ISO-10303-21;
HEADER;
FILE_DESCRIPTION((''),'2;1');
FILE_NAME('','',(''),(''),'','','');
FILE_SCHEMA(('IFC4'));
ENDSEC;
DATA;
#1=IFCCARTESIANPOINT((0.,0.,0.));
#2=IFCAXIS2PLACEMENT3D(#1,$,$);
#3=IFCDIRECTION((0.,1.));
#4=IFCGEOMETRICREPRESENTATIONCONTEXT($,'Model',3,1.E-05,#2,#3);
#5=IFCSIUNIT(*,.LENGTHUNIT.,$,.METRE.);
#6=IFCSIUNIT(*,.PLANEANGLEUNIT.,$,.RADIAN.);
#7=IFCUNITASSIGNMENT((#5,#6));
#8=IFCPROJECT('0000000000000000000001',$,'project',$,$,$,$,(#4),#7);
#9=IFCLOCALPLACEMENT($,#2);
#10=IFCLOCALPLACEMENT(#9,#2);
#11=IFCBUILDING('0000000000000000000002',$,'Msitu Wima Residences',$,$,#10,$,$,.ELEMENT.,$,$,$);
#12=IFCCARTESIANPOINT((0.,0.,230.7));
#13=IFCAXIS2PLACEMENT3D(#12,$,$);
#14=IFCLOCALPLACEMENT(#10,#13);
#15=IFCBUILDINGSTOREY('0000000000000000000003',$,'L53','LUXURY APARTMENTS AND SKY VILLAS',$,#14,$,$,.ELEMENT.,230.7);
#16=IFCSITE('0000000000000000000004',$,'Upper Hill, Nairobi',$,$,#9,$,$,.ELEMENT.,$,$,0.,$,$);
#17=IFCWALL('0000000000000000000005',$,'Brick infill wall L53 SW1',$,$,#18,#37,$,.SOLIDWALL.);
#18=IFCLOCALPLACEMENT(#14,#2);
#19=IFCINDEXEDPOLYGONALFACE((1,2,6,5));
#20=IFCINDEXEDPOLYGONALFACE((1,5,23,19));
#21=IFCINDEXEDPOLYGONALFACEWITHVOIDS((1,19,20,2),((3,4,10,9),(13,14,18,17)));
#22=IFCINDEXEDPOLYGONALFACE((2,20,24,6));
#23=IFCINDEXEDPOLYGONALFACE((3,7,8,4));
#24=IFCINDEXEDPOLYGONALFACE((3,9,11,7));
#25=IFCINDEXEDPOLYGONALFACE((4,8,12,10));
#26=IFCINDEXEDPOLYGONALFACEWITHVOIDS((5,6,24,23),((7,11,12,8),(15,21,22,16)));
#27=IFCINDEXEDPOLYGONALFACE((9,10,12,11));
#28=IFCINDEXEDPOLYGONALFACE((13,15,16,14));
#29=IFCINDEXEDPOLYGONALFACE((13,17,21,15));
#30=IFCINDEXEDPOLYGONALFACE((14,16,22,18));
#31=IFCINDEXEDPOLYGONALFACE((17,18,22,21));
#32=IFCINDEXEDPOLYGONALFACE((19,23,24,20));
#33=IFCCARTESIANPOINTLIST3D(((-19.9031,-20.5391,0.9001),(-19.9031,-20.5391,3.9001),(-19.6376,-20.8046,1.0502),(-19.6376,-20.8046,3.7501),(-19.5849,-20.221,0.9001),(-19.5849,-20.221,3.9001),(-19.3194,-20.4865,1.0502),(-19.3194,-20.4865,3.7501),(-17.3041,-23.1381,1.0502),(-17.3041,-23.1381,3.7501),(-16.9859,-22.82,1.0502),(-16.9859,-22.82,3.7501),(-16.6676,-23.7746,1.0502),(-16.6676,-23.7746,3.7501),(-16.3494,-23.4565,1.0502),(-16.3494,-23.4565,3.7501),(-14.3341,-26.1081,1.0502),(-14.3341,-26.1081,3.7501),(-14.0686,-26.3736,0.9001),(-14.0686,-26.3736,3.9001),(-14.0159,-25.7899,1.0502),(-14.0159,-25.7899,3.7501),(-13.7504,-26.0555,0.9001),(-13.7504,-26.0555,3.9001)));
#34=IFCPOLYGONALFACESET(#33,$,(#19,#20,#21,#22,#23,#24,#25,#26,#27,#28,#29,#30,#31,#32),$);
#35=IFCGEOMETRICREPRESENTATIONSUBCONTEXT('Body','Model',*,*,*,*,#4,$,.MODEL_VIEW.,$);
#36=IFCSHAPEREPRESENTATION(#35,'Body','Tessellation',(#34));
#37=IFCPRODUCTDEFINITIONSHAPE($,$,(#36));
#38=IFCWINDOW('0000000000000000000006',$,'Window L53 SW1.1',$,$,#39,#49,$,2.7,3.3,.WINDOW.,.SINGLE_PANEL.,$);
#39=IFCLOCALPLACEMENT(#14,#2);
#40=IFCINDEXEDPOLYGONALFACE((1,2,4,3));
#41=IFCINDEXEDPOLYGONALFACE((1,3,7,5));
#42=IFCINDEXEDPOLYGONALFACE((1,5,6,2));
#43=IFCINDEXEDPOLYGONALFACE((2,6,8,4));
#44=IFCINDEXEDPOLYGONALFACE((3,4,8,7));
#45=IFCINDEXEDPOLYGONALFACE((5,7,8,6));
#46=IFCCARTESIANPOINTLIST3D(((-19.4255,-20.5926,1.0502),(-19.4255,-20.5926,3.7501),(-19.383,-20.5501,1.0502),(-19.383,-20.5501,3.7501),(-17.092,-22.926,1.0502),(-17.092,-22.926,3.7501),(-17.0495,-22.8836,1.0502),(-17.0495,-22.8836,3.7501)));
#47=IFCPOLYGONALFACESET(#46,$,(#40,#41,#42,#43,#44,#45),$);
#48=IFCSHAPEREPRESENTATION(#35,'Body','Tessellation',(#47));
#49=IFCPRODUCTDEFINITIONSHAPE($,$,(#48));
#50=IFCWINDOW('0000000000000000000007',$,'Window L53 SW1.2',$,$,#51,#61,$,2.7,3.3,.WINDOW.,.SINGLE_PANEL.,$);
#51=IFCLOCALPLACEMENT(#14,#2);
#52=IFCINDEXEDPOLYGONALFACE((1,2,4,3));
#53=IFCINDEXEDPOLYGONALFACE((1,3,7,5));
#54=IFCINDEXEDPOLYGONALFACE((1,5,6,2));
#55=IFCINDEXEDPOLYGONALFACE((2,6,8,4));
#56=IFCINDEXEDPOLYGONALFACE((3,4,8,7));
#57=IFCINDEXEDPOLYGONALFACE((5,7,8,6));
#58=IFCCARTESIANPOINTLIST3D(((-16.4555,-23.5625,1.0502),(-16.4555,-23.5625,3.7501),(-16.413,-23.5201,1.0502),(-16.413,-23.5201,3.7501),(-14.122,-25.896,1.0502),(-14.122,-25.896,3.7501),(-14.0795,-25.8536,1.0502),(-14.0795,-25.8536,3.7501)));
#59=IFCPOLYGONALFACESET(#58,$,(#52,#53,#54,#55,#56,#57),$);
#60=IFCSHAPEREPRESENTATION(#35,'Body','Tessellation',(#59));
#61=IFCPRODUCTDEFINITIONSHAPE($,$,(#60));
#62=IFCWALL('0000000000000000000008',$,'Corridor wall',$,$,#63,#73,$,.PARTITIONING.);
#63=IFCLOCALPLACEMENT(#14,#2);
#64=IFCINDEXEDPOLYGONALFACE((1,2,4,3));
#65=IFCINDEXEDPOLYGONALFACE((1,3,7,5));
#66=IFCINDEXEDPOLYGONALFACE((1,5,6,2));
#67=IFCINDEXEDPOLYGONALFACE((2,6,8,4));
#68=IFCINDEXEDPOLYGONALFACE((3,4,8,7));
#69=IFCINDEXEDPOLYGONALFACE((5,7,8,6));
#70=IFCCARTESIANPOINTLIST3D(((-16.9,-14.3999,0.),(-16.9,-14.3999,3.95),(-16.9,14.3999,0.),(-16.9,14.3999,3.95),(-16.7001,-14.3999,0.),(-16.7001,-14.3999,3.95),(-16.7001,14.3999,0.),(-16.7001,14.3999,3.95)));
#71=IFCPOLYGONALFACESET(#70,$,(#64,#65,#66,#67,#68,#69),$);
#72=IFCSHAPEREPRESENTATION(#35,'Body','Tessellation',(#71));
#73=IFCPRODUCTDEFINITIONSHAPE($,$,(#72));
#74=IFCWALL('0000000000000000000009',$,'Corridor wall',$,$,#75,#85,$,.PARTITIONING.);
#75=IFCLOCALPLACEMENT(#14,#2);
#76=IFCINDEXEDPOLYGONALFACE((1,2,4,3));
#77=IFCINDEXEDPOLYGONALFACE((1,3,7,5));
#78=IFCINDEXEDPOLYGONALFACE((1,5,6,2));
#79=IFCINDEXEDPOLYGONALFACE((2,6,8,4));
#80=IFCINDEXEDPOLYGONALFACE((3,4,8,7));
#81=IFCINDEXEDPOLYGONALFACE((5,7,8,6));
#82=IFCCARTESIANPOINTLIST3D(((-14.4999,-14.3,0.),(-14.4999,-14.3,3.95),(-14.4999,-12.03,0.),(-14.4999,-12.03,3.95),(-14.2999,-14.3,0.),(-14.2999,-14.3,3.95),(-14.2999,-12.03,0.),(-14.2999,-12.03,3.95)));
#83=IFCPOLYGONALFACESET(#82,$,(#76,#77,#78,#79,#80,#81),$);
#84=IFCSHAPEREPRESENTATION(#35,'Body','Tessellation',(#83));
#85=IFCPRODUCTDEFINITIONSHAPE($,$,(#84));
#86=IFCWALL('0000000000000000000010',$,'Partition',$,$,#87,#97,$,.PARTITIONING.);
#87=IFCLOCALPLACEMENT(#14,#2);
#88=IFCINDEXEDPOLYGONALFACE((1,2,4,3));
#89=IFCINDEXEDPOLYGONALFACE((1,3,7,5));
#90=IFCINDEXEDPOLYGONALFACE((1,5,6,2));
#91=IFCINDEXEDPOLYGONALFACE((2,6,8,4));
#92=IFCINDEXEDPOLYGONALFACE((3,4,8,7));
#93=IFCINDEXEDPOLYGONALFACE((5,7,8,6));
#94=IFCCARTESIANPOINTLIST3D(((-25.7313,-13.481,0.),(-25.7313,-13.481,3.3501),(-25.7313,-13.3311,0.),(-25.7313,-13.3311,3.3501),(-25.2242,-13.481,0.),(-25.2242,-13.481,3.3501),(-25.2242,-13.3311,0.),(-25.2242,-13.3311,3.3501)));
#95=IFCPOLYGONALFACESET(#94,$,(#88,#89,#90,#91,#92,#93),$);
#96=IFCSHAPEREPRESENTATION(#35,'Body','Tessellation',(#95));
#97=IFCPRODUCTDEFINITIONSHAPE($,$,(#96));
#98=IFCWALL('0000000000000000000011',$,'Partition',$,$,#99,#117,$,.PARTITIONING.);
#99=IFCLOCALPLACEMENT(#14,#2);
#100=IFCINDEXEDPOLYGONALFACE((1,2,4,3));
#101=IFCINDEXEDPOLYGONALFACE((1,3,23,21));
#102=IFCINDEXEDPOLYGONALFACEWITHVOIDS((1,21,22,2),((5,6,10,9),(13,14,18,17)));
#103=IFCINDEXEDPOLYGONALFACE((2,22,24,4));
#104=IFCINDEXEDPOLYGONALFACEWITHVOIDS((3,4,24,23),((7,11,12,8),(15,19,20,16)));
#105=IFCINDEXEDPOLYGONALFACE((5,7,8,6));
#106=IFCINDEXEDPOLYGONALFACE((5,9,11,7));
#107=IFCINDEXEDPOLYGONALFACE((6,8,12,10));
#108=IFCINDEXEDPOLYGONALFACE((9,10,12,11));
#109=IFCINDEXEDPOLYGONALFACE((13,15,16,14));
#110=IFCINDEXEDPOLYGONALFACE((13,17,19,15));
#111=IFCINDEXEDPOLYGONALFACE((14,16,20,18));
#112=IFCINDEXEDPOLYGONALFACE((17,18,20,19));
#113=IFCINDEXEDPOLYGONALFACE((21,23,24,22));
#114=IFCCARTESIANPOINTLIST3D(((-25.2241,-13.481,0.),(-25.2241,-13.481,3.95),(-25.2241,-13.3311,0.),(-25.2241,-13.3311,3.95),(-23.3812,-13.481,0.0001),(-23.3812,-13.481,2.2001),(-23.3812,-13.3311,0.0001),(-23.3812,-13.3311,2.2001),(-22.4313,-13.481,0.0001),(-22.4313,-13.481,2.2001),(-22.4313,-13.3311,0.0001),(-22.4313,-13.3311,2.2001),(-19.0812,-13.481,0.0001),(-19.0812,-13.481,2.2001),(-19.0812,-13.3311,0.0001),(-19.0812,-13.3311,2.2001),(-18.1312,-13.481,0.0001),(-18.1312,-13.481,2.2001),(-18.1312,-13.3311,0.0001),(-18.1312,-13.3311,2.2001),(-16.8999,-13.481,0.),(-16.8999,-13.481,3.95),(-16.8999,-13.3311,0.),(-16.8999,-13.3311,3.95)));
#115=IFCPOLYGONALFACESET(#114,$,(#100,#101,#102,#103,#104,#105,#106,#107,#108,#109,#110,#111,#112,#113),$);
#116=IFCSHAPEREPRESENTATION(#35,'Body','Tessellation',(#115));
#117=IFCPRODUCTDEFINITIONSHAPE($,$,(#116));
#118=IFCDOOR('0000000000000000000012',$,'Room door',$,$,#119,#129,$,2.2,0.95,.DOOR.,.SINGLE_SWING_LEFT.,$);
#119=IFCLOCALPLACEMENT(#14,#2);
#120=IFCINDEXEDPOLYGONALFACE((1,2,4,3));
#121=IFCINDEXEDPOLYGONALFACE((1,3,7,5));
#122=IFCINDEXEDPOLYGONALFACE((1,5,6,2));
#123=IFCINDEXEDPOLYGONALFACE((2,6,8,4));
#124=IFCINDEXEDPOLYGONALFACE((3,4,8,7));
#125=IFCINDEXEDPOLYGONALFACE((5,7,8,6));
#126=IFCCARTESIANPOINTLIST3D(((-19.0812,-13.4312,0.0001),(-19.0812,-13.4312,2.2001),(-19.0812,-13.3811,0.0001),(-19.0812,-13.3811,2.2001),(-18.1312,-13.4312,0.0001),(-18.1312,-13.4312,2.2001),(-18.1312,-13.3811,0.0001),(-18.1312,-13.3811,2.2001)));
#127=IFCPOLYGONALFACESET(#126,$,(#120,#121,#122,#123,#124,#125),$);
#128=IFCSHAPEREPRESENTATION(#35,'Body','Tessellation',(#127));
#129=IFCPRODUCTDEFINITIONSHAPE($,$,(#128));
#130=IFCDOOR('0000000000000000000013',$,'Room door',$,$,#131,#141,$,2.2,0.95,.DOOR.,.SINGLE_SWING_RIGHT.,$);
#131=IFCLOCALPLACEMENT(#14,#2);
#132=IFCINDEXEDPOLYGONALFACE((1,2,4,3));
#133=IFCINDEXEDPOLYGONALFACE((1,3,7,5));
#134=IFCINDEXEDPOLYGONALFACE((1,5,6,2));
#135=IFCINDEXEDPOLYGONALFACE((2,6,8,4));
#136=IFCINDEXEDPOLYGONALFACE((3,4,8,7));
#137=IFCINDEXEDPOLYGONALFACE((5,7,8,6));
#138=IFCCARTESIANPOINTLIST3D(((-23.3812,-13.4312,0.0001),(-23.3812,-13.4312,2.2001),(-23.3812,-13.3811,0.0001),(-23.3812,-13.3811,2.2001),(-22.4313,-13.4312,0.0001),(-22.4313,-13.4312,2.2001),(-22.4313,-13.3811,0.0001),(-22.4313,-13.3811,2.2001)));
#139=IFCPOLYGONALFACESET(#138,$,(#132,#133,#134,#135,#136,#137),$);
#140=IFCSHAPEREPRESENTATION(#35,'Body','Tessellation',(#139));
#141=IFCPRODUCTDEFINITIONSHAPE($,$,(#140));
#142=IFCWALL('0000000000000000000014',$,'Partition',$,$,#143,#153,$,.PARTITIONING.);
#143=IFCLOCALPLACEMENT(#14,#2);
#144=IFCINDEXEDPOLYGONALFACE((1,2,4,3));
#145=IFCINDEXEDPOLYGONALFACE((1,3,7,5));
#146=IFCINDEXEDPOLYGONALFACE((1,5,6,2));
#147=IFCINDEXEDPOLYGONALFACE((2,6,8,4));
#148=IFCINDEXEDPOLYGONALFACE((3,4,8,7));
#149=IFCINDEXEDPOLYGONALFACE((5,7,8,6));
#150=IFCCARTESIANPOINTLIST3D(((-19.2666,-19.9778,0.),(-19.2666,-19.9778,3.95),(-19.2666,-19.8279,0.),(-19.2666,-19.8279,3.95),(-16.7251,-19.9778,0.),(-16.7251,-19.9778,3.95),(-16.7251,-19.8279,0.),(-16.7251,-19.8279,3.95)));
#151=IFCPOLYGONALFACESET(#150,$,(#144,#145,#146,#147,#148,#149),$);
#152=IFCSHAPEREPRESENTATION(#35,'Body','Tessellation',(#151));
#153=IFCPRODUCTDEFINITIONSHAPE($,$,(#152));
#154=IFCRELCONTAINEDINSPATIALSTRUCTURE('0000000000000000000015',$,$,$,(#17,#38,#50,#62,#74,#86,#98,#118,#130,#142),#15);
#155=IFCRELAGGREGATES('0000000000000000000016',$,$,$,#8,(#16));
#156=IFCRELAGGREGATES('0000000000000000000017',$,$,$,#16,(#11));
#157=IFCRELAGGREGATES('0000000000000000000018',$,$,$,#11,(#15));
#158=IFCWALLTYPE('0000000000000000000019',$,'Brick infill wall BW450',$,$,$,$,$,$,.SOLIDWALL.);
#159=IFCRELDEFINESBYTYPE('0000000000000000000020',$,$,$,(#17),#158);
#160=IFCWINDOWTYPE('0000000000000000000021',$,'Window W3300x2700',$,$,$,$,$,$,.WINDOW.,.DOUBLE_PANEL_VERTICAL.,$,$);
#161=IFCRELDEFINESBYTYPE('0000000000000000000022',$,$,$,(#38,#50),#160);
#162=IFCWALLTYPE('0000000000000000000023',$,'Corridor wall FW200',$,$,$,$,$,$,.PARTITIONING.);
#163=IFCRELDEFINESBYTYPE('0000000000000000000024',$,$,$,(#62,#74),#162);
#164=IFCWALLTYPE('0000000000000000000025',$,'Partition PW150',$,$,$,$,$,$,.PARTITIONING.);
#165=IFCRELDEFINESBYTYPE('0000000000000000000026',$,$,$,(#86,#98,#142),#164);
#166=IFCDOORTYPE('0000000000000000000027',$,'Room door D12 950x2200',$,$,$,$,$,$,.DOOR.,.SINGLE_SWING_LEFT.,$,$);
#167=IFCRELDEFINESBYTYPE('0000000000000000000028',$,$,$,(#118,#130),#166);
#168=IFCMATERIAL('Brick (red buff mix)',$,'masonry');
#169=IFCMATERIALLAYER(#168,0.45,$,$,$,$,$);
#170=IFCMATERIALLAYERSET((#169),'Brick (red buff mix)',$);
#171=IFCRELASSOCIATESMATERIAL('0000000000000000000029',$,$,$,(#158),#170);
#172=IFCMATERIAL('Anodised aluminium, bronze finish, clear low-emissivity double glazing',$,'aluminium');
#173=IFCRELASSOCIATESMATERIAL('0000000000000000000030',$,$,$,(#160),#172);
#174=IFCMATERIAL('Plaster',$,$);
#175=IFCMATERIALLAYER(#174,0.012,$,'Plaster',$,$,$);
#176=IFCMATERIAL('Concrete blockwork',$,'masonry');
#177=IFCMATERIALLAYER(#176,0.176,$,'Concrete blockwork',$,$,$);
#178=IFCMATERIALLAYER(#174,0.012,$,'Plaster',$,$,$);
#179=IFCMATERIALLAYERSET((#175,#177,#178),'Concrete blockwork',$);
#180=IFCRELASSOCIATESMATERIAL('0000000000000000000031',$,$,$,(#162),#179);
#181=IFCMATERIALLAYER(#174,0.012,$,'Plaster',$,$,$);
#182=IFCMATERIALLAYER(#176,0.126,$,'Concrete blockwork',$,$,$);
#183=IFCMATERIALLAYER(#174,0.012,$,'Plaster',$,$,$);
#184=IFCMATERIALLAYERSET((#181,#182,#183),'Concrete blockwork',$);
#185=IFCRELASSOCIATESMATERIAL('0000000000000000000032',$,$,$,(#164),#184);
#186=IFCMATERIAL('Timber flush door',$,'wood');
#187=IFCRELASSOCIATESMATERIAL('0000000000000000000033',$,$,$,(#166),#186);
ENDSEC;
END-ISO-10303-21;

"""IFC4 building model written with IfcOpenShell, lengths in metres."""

from ifc_helpers import new_model, si_unit, direction, frame, frame_2d, origin, place, context, subcontext, project, spatial, rectangle, extrude, material, layer, layer_set, type_object, element, fill, save


model = new_model("IFC4")

# Units and contexts
model_context = context("Model", 3, precision=1e-05, world=origin(), true_north=direction((0.0, 1.0)))
body_context = subcontext(model_context, "Body", "Model", "MODEL_VIEW")
ifc_project = project(units=[si_unit("LENGTHUNIT", "METRE"), si_unit("PLANEANGLEUNIT", "RADIAN")], contexts=[model_context])

# Site, building, storey
site_placement = place(None, origin())
site = spatial("IfcSite", under=ifc_project, at=site_placement, Name="Upper Hill, Nairobi", CompositionType="ELEMENT", RefElevation=0.0)
building_placement = place(site_placement, origin())
building = spatial("IfcBuilding", under=site, at=building_placement, Name="Msitu Wima Residences", CompositionType="ELEMENT")
storey_placement = place(building_placement, frame((0.0, 0.0, 230.7)))
storey = spatial("IfcBuildingStorey", under=building, at=storey_placement, Name="L53", Description="LUXURY APARTMENTS AND SKY VILLAS", CompositionType="ELEMENT", Elevation=230.7)

# Wall, openings, windows
ifc_material_1 = material(Name="Brick (red buff mix)", Category="masonry")
ifc_layer_1 = layer(ifc_material_1, 0.45)
ifc_layer_set_1 = layer_set([ifc_layer_1], Name="Brick (red buff mix)")
wall_type_1 = type_object("IfcWallType", Name="Brick infill wall BW450", PredefinedType="SOLIDWALL", material=ifc_layer_set_1)
ifc_material_2 = material(Name="Anodised aluminium, bronze finish, clear low-emissivity double glazing", Category="aluminium")
window_type = type_object("IfcWindowType", Name="Window W3300x2700", PartitioningType="DOUBLE_PANEL_VERTICAL", PredefinedType="WINDOW", material=ifc_material_2)
wall_1_placement = place(storey_placement, frame((-19.7439, -20.3801, 0.9001), z_axis=(0.0, 0.0, 1.0), x_axis=(0.707107, -0.707107, 0.0)))
wall_1 = element("IfcWall", 1, at=wall_1_placement, inside=storey, type_object=wall_type_1, Name="Brick infill wall L53 SW1", PredefinedType="SOLIDWALL", context=body_context, shape_type="SweptSolid", body=[
    extrude(rectangle(XDim=8.2512, YDim=0.45, at=frame_2d((4.1255, 0.0))), origin(), (0.0, 0.0, 1.0), 3.0),
])
opening_1_placement = place(wall_1_placement, frame((0.3755, 0.0, 0.1499)))
opening_1 = element("IfcOpeningElement", 2, at=opening_1_placement, cuts=wall_1, PredefinedType="OPENING", context=body_context, shape_type="SweptSolid", body=[
    extrude(rectangle(XDim=3.3, YDim=2.7, at=frame_2d((1.6499, 1.3501))), frame((0.0, 0.2349, 0.0), z_axis=(0.0, -1.0, 0.0), x_axis=(1.0, 0.0, 0.0)), (0.0, 0.0, 1.0), 0.47),
])
opening_2_placement = place(wall_1_placement, frame((4.5757, 0.0, 0.1499)))
opening_2 = element("IfcOpeningElement", 3, at=opening_2_placement, cuts=wall_1, PredefinedType="OPENING", context=body_context, shape_type="SweptSolid", body=[
    extrude(rectangle(XDim=3.3, YDim=2.7, at=frame_2d((1.6499, 1.3501))), frame((0.0, 0.2349, 0.0), z_axis=(0.0, -1.0, 0.0), x_axis=(1.0, 0.0, 0.0)), (0.0, 0.0, 1.0), 0.47),
])
window_1_placement = place(opening_1_placement, origin())
window_1 = element("IfcWindow", 4, at=window_1_placement, inside=storey, type_object=window_type, Name="Window L53 SW1.1", OverallHeight=2.7, OverallWidth=3.3, PartitioningType="SINGLE_PANEL", PredefinedType="WINDOW", context=body_context, shape_type="SweptSolid", body=[
    extrude(rectangle(XDim=3.3, YDim=2.7, at=frame_2d((1.6499, 1.3501))), frame((0.0, 0.135, 0.0), z_axis=(0.0, -1.0, 0.0), x_axis=(1.0, 0.0, 0.0)), (0.0, 0.0, 1.0), 0.0601),
])
fill(opening_1, window_1)
window_2_placement = place(opening_2_placement, origin())
window_2 = element("IfcWindow", 5, at=window_2_placement, inside=storey, type_object=window_type, Name="Window L53 SW1.2", OverallHeight=2.7, OverallWidth=3.3, PartitioningType="SINGLE_PANEL", PredefinedType="WINDOW", context=body_context, shape_type="SweptSolid", body=[
    extrude(rectangle(XDim=3.3, YDim=2.7, at=frame_2d((1.6499, 1.3501))), frame((0.0, 0.135, 0.0), z_axis=(0.0, -1.0, 0.0), x_axis=(1.0, 0.0, 0.0)), (0.0, 0.0, 1.0), 0.0601),
])
fill(opening_2, window_2)

# Wall
ifc_material_3 = material(Name="Plaster")
ifc_layer_2 = layer(ifc_material_3, 0.012, Name="Plaster")
ifc_material_4 = material(Name="Concrete blockwork", Category="masonry")
ifc_layer_3 = layer(ifc_material_4, 0.176, Name="Concrete blockwork")
ifc_layer_4 = layer(ifc_material_3, 0.012, Name="Plaster")
ifc_layer_set_2 = layer_set([ifc_layer_2, ifc_layer_3, ifc_layer_4], Name="Concrete blockwork")
wall_type_2 = type_object("IfcWallType", Name="Corridor wall FW200", PredefinedType="PARTITIONING", material=ifc_layer_set_2)
wall_2_placement = place(storey_placement, frame((-16.8, -14.3999, 0.0), z_axis=(0.0, 0.0, 1.0), x_axis=(0.0, 1.0, 0.0)))
element("IfcWall", 6, at=wall_2_placement, inside=storey, type_object=wall_type_2, Name="Corridor wall", PredefinedType="PARTITIONING", context=body_context, shape_type="SweptSolid", body=[
    extrude(rectangle(XDim=28.7998, YDim=0.2, at=frame_2d((14.3999, 0.0))), origin(), (0.0, 0.0, 1.0), 3.95),
])

# Walls
wall_3_placement = place(storey_placement, frame((-14.3999, -14.3, 0.0), z_axis=(0.0, 0.0, 1.0), x_axis=(0.0, 1.0, 0.0)))
element("IfcWall", 7, at=wall_3_placement, inside=storey, type_object=wall_type_2, Name="Corridor wall", PredefinedType="PARTITIONING", context=body_context, shape_type="SweptSolid", body=[
    extrude(rectangle(XDim=2.27, YDim=0.2, at=frame_2d((1.135, 0.0))), origin(), (0.0, 0.0, 1.0), 3.95),
])
ifc_layer_5 = layer(ifc_material_3, 0.012, Name="Plaster")
ifc_layer_6 = layer(ifc_material_4, 0.126, Name="Concrete blockwork")
ifc_layer_7 = layer(ifc_material_3, 0.012, Name="Plaster")
ifc_layer_set_3 = layer_set([ifc_layer_5, ifc_layer_6, ifc_layer_7], Name="Concrete blockwork")
wall_type_3 = type_object("IfcWallType", Name="Partition PW150", PredefinedType="PARTITIONING", material=ifc_layer_set_3)
wall_4_placement = place(storey_placement, frame((-25.7312, -13.406, 0.0), z_axis=(0.0, 0.0, 1.0), x_axis=(1.0, 0.0, 0.0)))
element("IfcWall", 8, at=wall_4_placement, inside=storey, type_object=wall_type_3, Name="Partition", PredefinedType="PARTITIONING", context=body_context, shape_type="SweptSolid", body=[
    extrude(rectangle(XDim=0.5071, YDim=0.1499, at=frame_2d((0.2534, 0.0))), origin(), (0.0, 0.0, 1.0), 3.3501),
])

# Wall, openings, doors
wall_5_placement = place(storey_placement, frame((-25.2241, -13.406, 0.0), z_axis=(0.0, 0.0, 1.0), x_axis=(1.0, 0.0, 0.0)))
wall_5 = element("IfcWall", 9, at=wall_5_placement, inside=storey, type_object=wall_type_3, Name="Partition", PredefinedType="PARTITIONING", context=body_context, shape_type="SweptSolid", body=[
    extrude(rectangle(XDim=8.3242, YDim=0.1499, at=frame_2d((4.1621, 0.0))), origin(), (0.0, 0.0, 1.0), 3.95),
])
opening_3_placement = place(wall_5_placement, frame((6.1428, 0.0, 0.0)))
opening_3 = element("IfcOpeningElement", 10, at=opening_3_placement, cuts=wall_5, PredefinedType="OPENING", context=body_context, shape_type="SweptSolid", body=[
    extrude(rectangle(XDim=0.95, YDim=2.2, at=frame_2d((0.4751, 1.1001))), frame((0.0, 0.085, 0.0), z_axis=(0.0, -1.0, 0.0), x_axis=(1.0, 0.0, 0.0)), (0.0, 0.0, 1.0), 0.1699),
])
opening_4_placement = place(wall_5_placement, frame((1.8428, 0.0, 0.0)))
opening_4 = element("IfcOpeningElement", 11, at=opening_4_placement, cuts=wall_5, PredefinedType="OPENING", context=body_context, shape_type="SweptSolid", body=[
    extrude(rectangle(XDim=0.95, YDim=2.2, at=frame_2d((0.4751, 1.1001))), frame((0.0, 0.085, 0.0), z_axis=(0.0, -1.0, 0.0), x_axis=(1.0, 0.0, 0.0)), (0.0, 0.0, 1.0), 0.1699),
])
ifc_material_5 = material(Name="Timber flush door", Category="wood")
door_type_1 = type_object("IfcDoorType", Name="Room door D12 950x2200", OperationType="SINGLE_SWING_LEFT", PredefinedType="DOOR", material=ifc_material_5)
door_1_placement = place(opening_3_placement, origin())
door_1 = element("IfcDoor", 12, at=door_1_placement, inside=storey, type_object=door_type_1, Name="Room door", OperationType="SINGLE_SWING_LEFT", OverallHeight=2.2, OverallWidth=0.95, PredefinedType="DOOR", context=body_context, shape_type="SweptSolid", body=[
    extrude(rectangle(XDim=0.95, YDim=2.2, at=frame_2d((0.4751, 1.1001))), frame((0.0, 0.0249, 0.0), z_axis=(0.0, -1.0, 0.0), x_axis=(1.0, 0.0, 0.0)), (0.0, 0.0, 1.0), 0.05),
])
fill(opening_3, door_1)
door_2_placement = place(opening_4_placement, origin())
door_2 = element("IfcDoor", 13, at=door_2_placement, inside=storey, type_object=door_type_1, Name="Room door", OperationType="SINGLE_SWING_RIGHT", OverallHeight=2.2, OverallWidth=0.95, PredefinedType="DOOR", context=body_context, shape_type="SweptSolid", body=[
    extrude(rectangle(XDim=0.95, YDim=2.2, at=frame_2d((0.4751, 1.1001))), frame((0.0, 0.0249, 0.0), z_axis=(0.0, -1.0, 0.0), x_axis=(1.0, 0.0, 0.0)), (0.0, 0.0, 1.0), 0.05),
])
fill(opening_4, door_2)

# Wall
wall_6_placement = place(storey_placement, frame((-19.2666, -19.9028, 0.0), z_axis=(0.0, 0.0, 1.0), x_axis=(1.0, 0.0, 0.0)))
element("IfcWall", 14, at=wall_6_placement, inside=storey, type_object=wall_type_3, Name="Partition", PredefinedType="PARTITIONING", context=body_context, shape_type="SweptSolid", body=[
    extrude(rectangle(XDim=2.5415, YDim=0.1499, at=frame_2d((1.2708, 0.0))), origin(), (0.0, 0.0, 1.0), 3.95),
])

save(model, "model.ifc")
